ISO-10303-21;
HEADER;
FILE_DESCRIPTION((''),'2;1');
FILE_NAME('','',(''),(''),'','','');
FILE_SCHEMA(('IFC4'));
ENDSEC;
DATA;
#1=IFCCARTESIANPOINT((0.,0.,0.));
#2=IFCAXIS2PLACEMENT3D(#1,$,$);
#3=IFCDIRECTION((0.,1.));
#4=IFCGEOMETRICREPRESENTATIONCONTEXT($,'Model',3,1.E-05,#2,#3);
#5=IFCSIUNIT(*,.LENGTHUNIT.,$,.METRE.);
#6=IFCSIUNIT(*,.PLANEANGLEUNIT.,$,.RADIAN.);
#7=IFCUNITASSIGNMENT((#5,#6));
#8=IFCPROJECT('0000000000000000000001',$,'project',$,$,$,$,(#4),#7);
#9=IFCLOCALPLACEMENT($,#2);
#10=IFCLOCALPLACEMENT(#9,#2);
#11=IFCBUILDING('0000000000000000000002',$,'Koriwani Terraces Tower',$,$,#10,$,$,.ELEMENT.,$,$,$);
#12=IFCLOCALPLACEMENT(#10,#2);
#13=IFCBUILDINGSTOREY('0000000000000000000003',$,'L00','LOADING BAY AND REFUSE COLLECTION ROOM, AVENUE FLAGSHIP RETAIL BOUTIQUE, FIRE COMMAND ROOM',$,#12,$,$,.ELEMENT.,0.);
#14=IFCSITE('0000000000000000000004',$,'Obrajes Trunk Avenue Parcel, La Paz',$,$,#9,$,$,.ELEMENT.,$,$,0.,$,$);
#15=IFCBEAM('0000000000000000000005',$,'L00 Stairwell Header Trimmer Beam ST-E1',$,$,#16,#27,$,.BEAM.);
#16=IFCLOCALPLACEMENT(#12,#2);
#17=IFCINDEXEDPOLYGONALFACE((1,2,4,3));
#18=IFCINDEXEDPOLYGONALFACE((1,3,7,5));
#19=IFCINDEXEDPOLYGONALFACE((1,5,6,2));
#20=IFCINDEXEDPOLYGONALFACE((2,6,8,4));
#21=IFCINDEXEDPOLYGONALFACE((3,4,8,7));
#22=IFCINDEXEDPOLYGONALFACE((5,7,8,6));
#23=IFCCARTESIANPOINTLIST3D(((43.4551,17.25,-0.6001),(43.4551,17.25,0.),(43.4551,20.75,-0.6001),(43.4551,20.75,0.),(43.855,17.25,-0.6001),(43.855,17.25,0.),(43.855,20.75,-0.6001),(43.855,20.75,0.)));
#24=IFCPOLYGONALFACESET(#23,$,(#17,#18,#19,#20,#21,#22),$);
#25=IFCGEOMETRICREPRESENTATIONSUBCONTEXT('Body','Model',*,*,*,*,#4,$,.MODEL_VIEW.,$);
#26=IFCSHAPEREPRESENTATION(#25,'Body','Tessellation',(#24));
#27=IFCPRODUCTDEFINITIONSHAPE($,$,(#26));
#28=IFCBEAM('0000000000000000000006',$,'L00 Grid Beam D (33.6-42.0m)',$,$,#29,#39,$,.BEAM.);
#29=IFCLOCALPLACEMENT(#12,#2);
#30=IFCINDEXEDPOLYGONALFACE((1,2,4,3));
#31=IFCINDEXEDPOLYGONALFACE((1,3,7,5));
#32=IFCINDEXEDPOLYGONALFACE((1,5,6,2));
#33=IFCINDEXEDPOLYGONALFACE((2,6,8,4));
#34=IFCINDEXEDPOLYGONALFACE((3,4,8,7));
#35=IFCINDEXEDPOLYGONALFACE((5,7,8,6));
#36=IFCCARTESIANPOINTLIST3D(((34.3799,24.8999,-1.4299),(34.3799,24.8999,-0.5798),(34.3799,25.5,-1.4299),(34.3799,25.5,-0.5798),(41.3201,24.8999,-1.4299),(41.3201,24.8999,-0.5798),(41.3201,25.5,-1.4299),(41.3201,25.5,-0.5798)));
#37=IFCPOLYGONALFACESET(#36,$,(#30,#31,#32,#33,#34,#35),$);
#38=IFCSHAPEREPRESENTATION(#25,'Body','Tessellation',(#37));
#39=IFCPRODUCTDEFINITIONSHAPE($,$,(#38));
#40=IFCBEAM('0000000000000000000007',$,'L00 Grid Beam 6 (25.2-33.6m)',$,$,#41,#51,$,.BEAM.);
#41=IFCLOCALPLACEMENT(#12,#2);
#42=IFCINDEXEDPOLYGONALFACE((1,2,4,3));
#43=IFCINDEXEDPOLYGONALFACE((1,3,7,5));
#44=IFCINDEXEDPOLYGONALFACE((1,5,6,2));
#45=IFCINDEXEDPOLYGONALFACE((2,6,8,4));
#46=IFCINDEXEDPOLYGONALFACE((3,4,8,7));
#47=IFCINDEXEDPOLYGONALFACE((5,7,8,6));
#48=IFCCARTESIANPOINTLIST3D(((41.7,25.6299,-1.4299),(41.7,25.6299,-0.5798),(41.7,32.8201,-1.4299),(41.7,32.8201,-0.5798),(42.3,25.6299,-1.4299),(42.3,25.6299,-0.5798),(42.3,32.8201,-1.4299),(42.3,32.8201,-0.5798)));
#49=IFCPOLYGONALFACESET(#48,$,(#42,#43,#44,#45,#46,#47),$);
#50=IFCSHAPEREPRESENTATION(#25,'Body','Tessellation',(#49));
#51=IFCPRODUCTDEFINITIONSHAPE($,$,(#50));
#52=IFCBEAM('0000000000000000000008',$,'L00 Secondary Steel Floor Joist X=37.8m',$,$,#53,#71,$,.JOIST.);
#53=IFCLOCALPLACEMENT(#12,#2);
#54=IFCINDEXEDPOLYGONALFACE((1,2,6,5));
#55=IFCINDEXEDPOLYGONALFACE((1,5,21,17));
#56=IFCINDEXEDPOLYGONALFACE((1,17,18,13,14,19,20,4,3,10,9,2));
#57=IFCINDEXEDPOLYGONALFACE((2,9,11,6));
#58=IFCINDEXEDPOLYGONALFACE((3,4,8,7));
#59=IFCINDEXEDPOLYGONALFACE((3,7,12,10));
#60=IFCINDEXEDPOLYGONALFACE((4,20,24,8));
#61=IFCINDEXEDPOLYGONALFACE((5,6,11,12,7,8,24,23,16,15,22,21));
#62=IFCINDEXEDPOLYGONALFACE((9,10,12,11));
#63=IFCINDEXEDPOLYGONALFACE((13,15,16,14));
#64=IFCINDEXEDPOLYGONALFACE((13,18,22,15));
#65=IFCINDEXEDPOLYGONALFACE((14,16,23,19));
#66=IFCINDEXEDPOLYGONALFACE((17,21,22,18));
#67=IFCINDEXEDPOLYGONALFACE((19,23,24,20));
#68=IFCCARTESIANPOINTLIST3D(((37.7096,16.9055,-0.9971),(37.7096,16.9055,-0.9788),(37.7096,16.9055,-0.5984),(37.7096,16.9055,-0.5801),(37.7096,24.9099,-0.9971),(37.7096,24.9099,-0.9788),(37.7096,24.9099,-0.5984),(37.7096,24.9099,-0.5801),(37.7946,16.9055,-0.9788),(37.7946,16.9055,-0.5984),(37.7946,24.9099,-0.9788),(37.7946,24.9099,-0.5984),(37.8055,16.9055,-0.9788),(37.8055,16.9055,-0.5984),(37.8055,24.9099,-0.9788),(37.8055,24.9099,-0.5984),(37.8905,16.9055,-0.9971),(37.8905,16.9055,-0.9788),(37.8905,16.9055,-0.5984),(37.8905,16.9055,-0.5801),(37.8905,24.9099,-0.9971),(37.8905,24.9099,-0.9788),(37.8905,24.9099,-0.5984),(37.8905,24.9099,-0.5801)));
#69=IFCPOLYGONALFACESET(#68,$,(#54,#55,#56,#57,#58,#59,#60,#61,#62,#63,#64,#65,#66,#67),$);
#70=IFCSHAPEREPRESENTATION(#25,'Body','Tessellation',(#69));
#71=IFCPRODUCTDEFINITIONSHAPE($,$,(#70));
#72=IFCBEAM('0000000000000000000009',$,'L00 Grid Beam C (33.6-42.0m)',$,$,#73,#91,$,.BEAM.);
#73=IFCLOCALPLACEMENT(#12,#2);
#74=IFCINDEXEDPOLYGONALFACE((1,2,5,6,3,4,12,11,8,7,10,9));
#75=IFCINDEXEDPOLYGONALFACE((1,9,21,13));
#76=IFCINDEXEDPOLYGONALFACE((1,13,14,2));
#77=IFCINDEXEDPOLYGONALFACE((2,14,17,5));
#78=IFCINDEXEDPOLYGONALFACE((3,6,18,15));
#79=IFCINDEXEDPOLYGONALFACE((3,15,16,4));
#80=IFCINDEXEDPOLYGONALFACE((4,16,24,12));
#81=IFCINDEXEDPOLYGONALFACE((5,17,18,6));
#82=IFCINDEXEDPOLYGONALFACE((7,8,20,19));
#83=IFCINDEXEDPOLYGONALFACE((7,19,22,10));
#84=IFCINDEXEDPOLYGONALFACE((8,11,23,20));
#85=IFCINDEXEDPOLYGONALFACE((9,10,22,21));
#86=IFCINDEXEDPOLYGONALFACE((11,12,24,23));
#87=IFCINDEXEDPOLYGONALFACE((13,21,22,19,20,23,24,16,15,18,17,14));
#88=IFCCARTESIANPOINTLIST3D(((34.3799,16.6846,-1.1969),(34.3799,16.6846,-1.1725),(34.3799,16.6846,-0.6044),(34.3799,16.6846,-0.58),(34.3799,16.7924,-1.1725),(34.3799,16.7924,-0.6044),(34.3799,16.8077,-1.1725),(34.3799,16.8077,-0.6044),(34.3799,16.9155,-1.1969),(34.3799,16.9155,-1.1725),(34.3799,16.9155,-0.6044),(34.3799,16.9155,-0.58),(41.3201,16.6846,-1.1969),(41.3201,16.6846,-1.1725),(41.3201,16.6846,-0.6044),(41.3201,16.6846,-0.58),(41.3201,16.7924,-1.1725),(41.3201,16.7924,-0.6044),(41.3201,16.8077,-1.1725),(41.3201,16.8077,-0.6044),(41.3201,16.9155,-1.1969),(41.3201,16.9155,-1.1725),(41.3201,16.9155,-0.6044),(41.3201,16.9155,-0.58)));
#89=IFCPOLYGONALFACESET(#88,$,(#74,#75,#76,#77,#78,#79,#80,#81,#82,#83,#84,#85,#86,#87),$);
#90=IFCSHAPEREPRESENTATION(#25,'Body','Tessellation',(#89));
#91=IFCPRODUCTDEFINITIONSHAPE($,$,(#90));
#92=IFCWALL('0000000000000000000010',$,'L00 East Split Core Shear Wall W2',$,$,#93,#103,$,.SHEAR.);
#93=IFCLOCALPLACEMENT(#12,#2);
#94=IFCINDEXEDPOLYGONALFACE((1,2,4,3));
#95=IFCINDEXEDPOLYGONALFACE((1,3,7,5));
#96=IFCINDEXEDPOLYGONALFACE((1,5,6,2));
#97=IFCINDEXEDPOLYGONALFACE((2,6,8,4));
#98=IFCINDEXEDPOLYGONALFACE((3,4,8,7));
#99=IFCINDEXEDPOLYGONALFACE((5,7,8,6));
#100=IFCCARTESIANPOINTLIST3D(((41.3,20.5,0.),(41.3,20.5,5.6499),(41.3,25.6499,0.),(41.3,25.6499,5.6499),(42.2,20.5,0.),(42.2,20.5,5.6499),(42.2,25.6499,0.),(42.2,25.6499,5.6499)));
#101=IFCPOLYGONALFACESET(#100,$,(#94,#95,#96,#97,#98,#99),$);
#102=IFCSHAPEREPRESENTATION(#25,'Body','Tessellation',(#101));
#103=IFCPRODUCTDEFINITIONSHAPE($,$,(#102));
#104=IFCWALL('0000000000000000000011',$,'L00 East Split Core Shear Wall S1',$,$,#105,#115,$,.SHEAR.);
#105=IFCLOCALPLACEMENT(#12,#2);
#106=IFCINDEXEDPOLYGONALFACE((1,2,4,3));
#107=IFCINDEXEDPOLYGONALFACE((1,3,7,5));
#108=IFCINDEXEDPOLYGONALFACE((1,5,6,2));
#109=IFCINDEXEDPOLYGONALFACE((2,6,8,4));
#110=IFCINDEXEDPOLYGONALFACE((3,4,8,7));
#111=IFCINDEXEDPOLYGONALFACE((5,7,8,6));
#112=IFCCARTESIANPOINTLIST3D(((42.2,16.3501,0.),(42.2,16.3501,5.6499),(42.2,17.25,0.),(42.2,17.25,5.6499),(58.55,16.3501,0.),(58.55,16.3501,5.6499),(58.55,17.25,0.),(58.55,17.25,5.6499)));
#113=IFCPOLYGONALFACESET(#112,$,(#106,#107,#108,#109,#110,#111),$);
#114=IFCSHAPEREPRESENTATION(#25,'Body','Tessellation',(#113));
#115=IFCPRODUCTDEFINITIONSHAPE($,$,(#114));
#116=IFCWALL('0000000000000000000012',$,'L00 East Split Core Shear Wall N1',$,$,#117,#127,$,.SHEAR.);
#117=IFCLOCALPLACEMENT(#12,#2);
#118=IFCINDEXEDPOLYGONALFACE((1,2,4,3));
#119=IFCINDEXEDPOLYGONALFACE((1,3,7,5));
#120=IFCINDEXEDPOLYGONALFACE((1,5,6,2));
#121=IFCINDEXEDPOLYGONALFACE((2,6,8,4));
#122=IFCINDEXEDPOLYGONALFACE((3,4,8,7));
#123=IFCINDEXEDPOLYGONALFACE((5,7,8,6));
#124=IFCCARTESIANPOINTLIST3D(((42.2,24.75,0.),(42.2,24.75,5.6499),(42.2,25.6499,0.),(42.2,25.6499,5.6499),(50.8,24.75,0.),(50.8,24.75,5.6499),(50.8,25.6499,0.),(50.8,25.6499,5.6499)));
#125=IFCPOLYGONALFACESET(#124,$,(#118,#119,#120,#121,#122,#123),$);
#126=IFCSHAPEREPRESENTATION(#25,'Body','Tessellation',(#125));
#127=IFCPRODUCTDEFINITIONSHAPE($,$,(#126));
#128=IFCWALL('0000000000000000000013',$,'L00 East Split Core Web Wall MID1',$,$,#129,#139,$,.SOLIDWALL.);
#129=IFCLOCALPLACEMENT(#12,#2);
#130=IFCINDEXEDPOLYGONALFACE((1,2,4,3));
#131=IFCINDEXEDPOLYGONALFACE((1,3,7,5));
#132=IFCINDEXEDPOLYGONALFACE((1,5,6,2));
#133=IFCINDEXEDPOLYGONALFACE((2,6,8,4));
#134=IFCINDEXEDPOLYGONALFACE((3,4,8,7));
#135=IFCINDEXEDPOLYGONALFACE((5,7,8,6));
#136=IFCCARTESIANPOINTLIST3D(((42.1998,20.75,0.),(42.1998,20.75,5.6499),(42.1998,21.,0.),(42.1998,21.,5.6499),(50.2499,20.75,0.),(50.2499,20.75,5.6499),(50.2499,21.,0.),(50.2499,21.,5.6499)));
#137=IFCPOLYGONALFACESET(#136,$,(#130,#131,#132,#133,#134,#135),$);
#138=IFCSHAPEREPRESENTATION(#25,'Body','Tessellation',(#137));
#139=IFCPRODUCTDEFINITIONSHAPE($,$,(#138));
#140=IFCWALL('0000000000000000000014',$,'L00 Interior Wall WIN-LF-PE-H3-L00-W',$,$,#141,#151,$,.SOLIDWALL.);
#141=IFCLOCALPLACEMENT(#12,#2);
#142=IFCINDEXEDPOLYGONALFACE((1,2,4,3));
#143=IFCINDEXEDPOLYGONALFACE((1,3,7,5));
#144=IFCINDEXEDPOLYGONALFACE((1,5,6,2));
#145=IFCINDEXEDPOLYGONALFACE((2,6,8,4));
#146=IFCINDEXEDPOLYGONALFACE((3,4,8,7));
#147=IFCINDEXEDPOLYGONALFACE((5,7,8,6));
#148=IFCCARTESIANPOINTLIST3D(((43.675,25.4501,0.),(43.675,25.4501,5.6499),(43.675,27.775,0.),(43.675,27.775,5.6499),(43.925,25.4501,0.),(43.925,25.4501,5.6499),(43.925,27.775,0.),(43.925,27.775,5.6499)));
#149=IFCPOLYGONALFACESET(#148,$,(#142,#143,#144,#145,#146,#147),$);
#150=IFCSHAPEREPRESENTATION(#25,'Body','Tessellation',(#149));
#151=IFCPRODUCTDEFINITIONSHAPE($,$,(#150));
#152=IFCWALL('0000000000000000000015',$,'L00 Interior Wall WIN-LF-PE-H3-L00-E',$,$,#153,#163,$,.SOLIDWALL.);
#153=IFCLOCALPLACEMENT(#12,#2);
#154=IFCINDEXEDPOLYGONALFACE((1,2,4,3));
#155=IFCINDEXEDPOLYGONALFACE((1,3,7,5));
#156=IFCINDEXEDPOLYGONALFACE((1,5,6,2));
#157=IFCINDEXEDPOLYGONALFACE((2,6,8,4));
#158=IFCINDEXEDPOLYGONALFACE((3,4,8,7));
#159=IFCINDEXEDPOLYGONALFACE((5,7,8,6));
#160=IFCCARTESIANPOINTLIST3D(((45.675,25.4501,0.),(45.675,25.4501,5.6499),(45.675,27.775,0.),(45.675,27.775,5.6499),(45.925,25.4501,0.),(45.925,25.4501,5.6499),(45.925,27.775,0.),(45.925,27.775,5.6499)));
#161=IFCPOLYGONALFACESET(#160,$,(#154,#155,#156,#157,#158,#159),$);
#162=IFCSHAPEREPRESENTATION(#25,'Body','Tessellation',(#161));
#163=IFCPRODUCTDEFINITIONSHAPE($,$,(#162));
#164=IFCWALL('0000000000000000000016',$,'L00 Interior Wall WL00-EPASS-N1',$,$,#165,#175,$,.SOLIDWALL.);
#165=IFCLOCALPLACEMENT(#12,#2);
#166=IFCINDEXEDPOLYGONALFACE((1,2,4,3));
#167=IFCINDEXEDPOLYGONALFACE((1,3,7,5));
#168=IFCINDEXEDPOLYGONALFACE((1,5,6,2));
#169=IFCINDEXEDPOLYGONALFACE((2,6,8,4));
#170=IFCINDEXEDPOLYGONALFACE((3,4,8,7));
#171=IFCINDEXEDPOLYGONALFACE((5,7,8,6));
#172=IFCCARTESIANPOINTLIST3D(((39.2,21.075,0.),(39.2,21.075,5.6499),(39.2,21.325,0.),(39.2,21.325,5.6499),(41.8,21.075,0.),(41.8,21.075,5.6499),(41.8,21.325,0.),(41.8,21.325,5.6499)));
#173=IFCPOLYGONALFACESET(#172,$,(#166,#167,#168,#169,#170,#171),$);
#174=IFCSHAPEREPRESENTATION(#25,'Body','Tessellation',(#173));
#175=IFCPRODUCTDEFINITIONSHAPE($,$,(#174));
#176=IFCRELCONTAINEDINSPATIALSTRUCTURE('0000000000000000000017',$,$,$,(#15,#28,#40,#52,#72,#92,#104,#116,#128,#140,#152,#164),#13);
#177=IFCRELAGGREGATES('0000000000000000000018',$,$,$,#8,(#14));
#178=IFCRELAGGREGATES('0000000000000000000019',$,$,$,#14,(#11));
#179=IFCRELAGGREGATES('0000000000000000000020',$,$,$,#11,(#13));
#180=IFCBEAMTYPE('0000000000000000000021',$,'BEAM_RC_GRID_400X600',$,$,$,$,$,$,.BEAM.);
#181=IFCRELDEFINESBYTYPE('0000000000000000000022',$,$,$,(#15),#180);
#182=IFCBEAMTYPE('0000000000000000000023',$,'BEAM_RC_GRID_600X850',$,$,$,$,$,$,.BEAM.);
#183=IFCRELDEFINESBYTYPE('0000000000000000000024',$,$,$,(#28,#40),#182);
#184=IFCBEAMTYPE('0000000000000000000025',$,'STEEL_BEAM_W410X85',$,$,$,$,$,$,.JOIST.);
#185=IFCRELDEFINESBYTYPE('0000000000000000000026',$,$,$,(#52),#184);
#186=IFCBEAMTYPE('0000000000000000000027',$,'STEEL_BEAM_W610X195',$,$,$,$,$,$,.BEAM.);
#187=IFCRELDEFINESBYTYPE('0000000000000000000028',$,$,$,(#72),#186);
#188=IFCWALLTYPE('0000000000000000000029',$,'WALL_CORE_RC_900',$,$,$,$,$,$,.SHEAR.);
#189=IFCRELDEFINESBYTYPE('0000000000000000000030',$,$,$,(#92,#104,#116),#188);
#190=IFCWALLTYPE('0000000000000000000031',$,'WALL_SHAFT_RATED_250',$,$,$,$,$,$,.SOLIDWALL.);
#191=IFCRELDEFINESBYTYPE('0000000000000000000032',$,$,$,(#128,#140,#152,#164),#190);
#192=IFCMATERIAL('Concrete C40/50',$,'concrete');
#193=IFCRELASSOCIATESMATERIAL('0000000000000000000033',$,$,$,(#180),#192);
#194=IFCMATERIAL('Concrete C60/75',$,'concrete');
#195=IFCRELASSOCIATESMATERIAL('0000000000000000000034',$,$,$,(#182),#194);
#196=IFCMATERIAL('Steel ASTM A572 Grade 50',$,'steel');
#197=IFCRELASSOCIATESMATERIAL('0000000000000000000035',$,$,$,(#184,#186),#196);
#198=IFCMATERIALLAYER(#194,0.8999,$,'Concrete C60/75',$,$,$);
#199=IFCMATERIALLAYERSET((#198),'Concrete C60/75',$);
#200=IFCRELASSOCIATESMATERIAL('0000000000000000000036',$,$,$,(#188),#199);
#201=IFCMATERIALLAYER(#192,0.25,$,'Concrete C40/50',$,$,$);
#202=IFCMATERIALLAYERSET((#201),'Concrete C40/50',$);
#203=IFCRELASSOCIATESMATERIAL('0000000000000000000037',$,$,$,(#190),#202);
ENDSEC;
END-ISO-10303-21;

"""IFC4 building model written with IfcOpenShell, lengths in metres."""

from ifc_helpers import new_model, si_unit, direction, frame, frame_2d, origin, origin_2d, place, context, subcontext, project, spatial, rectangle, i_section, extrude, material, layer, layer_set, material_profile, profile_set, type_object, element, save


model = new_model("IFC4")

# Units and contexts
model_context = context("Model", 3, precision=1e-05, world=origin(), true_north=direction((0.0, 1.0)))
body_context = subcontext(model_context, "Body", "Model", "MODEL_VIEW")
ifc_project = project(units=[si_unit("LENGTHUNIT", "METRE"), si_unit("PLANEANGLEUNIT", "RADIAN")], contexts=[model_context])

# Site, building, storey
site_placement = place(None, origin())
site = spatial("IfcSite", under=ifc_project, at=site_placement, Name="Obrajes Trunk Avenue Parcel, La Paz", CompositionType="ELEMENT", RefElevation=0.0)
building_placement = place(site_placement, origin())
building = spatial("IfcBuilding", under=site, at=building_placement, Name="Koriwani Terraces Tower", CompositionType="ELEMENT")
storey_placement = place(building_placement, origin())
storey = spatial("IfcBuildingStorey", under=building, at=storey_placement, Name="L00", Description="LOADING BAY AND REFUSE COLLECTION ROOM, AVENUE FLAGSHIP RETAIL BOUTIQUE, FIRE COMMAND ROOM", CompositionType="ELEMENT", Elevation=0.0)

# Beams
ifc_material_1 = material(Name="Concrete C40/50", Category="concrete")
ifc_material_profile_1 = material_profile(ifc_material_1, rectangle(XDim=0.3999, YDim=0.6001, at=origin_2d()), Name="Concrete C40/50", Category="LoadBearing")
ifc_profile_set_1 = profile_set([ifc_material_profile_1], Name="Concrete C40/50")
beam_type_1 = type_object("IfcBeamType", Name="BEAM_RC_GRID_400X600", PredefinedType="BEAM", material=ifc_profile_set_1)
beam_1_placement = place(storey_placement, frame((43.655, 17.25, -0.3), z_axis=(0.0, 1.0, 0.0), x_axis=(-1.0, 0.0, 0.0)))
element("IfcBeam", 1, at=beam_1_placement, inside=storey, type_object=beam_type_1, Name="L00 Stairwell Header Trimmer Beam ST-E1", PredefinedType="BEAM", context=body_context, shape_type="SweptSolid", body=[
    extrude(rectangle(XDim=0.3999, YDim=0.6001, at=origin_2d()), origin(), (0.0, 0.0, 1.0), 3.5),
])
ifc_material_2 = material(Name="Concrete C60/75", Category="concrete")
ifc_material_profile_2 = material_profile(ifc_material_2, rectangle(XDim=0.6001, YDim=0.8501, at=origin_2d()), Name="Concrete C60/75", Category="LoadBearing")
ifc_profile_set_2 = profile_set([ifc_material_profile_2], Name="Concrete C60/75")
beam_type_2 = type_object("IfcBeamType", Name="BEAM_RC_GRID_600X850", PredefinedType="BEAM", material=ifc_profile_set_2)
beam_2_placement = place(storey_placement, frame((34.3799, 25.2, -1.0049), z_axis=(1.0, 0.0, 0.0), x_axis=(0.0, 1.0, 0.0)))
element("IfcBeam", 2, at=beam_2_placement, inside=storey, type_object=beam_type_2, Name="L00 Grid Beam D (33.6-42.0m)", PredefinedType="BEAM", context=body_context, shape_type="SweptSolid", body=[
    extrude(rectangle(XDim=0.6001, YDim=0.8501, at=origin_2d()), origin(), (0.0, 0.0, 1.0), 6.9402),
])
beam_3_placement = place(storey_placement, frame((42.0, 25.6299, -1.0049), z_axis=(0.0, 1.0, 0.0), x_axis=(-1.0, 0.0, 0.0)))
element("IfcBeam", 3, at=beam_3_placement, inside=storey, type_object=beam_type_2, Name="L00 Grid Beam 6 (25.2-33.6m)", PredefinedType="BEAM", context=body_context, shape_type="SweptSolid", body=[
    extrude(rectangle(XDim=0.6001, YDim=0.8501, at=origin_2d()), origin(), (0.0, 0.0, 1.0), 7.1902),
])
ifc_material_3 = material(Name="Steel ASTM A572 Grade 50", Category="steel")
ifc_material_profile_3 = material_profile(ifc_material_3, i_section(OverallWidth=0.1809, OverallDepth=0.417, WebThickness=0.011, FlangeThickness=0.0183, at=origin_2d()), Name="Steel ASTM A572 Grade 50", Category="LoadBearing")
ifc_profile_set_3 = profile_set([ifc_material_profile_3], Name="Steel ASTM A572 Grade 50")
beam_type_3 = type_object("IfcBeamType", Name="STEEL_BEAM_W410X85", PredefinedType="JOIST", material=ifc_profile_set_3)
beam_4_placement = place(storey_placement, frame((37.8, 16.9055, -0.7886), z_axis=(0.0, 1.0, 0.0), x_axis=(-1.0, 0.0, 0.0)))
element("IfcBeam", 4, at=beam_4_placement, inside=storey, type_object=beam_type_3, Name="L00 Secondary Steel Floor Joist X=37.8m", PredefinedType="JOIST", context=body_context, shape_type="SweptSolid", body=[
    extrude(i_section(OverallWidth=0.1809, OverallDepth=0.417, WebThickness=0.011, FlangeThickness=0.0183, at=origin_2d()), origin(), (0.0, 0.0, 1.0), 8.0044),
])
ifc_material_profile_4 = material_profile(ifc_material_3, i_section(OverallWidth=0.231, OverallDepth=0.6169, WebThickness=0.0154, FlangeThickness=0.0244, at=origin_2d()), Name="Steel ASTM A572 Grade 50", Category="LoadBearing")
ifc_profile_set_4 = profile_set([ifc_material_profile_4], Name="Steel ASTM A572 Grade 50")
beam_type_4 = type_object("IfcBeamType", Name="STEEL_BEAM_W610X195", PredefinedType="BEAM", material=ifc_profile_set_4)
beam_5_placement = place(storey_placement, frame((34.3799, 16.8, -0.8884), z_axis=(1.0, 0.0, 0.0), x_axis=(0.0, 1.0, 0.0)))
element("IfcBeam", 5, at=beam_5_placement, inside=storey, type_object=beam_type_4, Name="L00 Grid Beam C (33.6-42.0m)", PredefinedType="BEAM", context=body_context, shape_type="SweptSolid", body=[
    extrude(i_section(OverallWidth=0.231, OverallDepth=0.6169, WebThickness=0.0154, FlangeThickness=0.0244, at=origin_2d()), origin(), (0.0, 0.0, 1.0), 6.9402),
])

# Walls
ifc_layer_1 = layer(ifc_material_2, 0.8999, Name="Concrete C60/75")
ifc_layer_set_1 = layer_set([ifc_layer_1], Name="Concrete C60/75")
wall_type_1 = type_object("IfcWallType", Name="WALL_CORE_RC_900", PredefinedType="SHEAR", material=ifc_layer_set_1)
wall_1_placement = place(storey_placement, frame((41.75, 20.5, 0.0), z_axis=(0.0, 0.0, 1.0), x_axis=(0.0, 1.0, 0.0)))
element("IfcWall", 6, at=wall_1_placement, inside=storey, type_object=wall_type_1, Name="L00 East Split Core Shear Wall W2", PredefinedType="SHEAR", context=body_context, shape_type="SweptSolid", body=[
    extrude(rectangle(XDim=5.1499, YDim=0.8999, at=frame_2d((2.575, 0.0))), origin(), (0.0, 0.0, 1.0), 5.6499),
])
wall_2_placement = place(storey_placement, frame((42.2, 16.8, 0.0), z_axis=(0.0, 0.0, 1.0), x_axis=(1.0, 0.0, 0.0)))
element("IfcWall", 7, at=wall_2_placement, inside=storey, type_object=wall_type_1, Name="L00 East Split Core Shear Wall S1", PredefinedType="SHEAR", context=body_context, shape_type="SweptSolid", body=[
    extrude(rectangle(XDim=16.3501, YDim=0.8999, at=frame_2d((8.175, 0.0))), origin(), (0.0, 0.0, 1.0), 5.6499),
])
wall_3_placement = place(storey_placement, frame((42.2, 25.2, 0.0), z_axis=(0.0, 0.0, 1.0), x_axis=(1.0, 0.0, 0.0)))
element("IfcWall", 8, at=wall_3_placement, inside=storey, type_object=wall_type_1, Name="L00 East Split Core Shear Wall N1", PredefinedType="SHEAR", context=body_context, shape_type="SweptSolid", body=[
    extrude(rectangle(XDim=8.6001, YDim=0.8999, at=frame_2d((4.3, 0.0))), origin(), (0.0, 0.0, 1.0), 5.6499),
])
ifc_layer_2 = layer(ifc_material_1, 0.25, Name="Concrete C40/50")
ifc_layer_set_2 = layer_set([ifc_layer_2], Name="Concrete C40/50")
wall_type_2 = type_object("IfcWallType", Name="WALL_SHAFT_RATED_250", PredefinedType="SOLIDWALL", material=ifc_layer_set_2)
wall_4_placement = place(storey_placement, frame((42.2, 20.875, 0.0), z_axis=(0.0, 0.0, 1.0), x_axis=(1.0, 0.0, 0.0)))
element("IfcWall", 9, at=wall_4_placement, inside=storey, type_object=wall_type_2, Name="L00 East Split Core Web Wall MID1", PredefinedType="SOLIDWALL", context=body_context, shape_type="SweptSolid", body=[
    extrude(rectangle(XDim=8.05, YDim=0.25, at=frame_2d((4.0249, 0.0))), origin(), (0.0, 0.0, 1.0), 5.6499),
])

# Walls
for number, where, z_axis, x_axis, name in (
    (10, (43.8, 25.45, 0.0), (0.0, 0.0, 1.0), (0.0, 1.0, 0.0), "L00 Interior Wall WIN-LF-PE-H3-L00-W"),
    (11, (45.8, 25.45, 0.0), (0.0, 0.0, 1.0), (0.0, 1.0, 0.0), "L00 Interior Wall WIN-LF-PE-H3-L00-E"),
):
    element("IfcWall", number, at=place(storey_placement, frame(where, z_axis=z_axis, x_axis=x_axis)), inside=storey, type_object=wall_type_2, Name=name, PredefinedType="SOLIDWALL", context=body_context, shape_type="SweptSolid", body=[
        extrude(rectangle(XDim=2.325, YDim=0.25, at=frame_2d((1.1626, 0.0))), origin(), (0.0, 0.0, 1.0), 5.6499),
    ])
wall_5_placement = place(storey_placement, frame((39.2, 21.2, 0.0), z_axis=(0.0, 0.0, 1.0), x_axis=(1.0, 0.0, 0.0)))
element("IfcWall", 12, at=wall_5_placement, inside=storey, type_object=wall_type_2, Name="L00 Interior Wall WL00-EPASS-N1", PredefinedType="SOLIDWALL", context=body_context, shape_type="SweptSolid", body=[
    extrude(rectangle(XDim=2.6001, YDim=0.25, at=frame_2d((1.3, 0.0))), origin(), (0.0, 0.0, 1.0), 5.6499),
])

save(model, "model.ifc")
